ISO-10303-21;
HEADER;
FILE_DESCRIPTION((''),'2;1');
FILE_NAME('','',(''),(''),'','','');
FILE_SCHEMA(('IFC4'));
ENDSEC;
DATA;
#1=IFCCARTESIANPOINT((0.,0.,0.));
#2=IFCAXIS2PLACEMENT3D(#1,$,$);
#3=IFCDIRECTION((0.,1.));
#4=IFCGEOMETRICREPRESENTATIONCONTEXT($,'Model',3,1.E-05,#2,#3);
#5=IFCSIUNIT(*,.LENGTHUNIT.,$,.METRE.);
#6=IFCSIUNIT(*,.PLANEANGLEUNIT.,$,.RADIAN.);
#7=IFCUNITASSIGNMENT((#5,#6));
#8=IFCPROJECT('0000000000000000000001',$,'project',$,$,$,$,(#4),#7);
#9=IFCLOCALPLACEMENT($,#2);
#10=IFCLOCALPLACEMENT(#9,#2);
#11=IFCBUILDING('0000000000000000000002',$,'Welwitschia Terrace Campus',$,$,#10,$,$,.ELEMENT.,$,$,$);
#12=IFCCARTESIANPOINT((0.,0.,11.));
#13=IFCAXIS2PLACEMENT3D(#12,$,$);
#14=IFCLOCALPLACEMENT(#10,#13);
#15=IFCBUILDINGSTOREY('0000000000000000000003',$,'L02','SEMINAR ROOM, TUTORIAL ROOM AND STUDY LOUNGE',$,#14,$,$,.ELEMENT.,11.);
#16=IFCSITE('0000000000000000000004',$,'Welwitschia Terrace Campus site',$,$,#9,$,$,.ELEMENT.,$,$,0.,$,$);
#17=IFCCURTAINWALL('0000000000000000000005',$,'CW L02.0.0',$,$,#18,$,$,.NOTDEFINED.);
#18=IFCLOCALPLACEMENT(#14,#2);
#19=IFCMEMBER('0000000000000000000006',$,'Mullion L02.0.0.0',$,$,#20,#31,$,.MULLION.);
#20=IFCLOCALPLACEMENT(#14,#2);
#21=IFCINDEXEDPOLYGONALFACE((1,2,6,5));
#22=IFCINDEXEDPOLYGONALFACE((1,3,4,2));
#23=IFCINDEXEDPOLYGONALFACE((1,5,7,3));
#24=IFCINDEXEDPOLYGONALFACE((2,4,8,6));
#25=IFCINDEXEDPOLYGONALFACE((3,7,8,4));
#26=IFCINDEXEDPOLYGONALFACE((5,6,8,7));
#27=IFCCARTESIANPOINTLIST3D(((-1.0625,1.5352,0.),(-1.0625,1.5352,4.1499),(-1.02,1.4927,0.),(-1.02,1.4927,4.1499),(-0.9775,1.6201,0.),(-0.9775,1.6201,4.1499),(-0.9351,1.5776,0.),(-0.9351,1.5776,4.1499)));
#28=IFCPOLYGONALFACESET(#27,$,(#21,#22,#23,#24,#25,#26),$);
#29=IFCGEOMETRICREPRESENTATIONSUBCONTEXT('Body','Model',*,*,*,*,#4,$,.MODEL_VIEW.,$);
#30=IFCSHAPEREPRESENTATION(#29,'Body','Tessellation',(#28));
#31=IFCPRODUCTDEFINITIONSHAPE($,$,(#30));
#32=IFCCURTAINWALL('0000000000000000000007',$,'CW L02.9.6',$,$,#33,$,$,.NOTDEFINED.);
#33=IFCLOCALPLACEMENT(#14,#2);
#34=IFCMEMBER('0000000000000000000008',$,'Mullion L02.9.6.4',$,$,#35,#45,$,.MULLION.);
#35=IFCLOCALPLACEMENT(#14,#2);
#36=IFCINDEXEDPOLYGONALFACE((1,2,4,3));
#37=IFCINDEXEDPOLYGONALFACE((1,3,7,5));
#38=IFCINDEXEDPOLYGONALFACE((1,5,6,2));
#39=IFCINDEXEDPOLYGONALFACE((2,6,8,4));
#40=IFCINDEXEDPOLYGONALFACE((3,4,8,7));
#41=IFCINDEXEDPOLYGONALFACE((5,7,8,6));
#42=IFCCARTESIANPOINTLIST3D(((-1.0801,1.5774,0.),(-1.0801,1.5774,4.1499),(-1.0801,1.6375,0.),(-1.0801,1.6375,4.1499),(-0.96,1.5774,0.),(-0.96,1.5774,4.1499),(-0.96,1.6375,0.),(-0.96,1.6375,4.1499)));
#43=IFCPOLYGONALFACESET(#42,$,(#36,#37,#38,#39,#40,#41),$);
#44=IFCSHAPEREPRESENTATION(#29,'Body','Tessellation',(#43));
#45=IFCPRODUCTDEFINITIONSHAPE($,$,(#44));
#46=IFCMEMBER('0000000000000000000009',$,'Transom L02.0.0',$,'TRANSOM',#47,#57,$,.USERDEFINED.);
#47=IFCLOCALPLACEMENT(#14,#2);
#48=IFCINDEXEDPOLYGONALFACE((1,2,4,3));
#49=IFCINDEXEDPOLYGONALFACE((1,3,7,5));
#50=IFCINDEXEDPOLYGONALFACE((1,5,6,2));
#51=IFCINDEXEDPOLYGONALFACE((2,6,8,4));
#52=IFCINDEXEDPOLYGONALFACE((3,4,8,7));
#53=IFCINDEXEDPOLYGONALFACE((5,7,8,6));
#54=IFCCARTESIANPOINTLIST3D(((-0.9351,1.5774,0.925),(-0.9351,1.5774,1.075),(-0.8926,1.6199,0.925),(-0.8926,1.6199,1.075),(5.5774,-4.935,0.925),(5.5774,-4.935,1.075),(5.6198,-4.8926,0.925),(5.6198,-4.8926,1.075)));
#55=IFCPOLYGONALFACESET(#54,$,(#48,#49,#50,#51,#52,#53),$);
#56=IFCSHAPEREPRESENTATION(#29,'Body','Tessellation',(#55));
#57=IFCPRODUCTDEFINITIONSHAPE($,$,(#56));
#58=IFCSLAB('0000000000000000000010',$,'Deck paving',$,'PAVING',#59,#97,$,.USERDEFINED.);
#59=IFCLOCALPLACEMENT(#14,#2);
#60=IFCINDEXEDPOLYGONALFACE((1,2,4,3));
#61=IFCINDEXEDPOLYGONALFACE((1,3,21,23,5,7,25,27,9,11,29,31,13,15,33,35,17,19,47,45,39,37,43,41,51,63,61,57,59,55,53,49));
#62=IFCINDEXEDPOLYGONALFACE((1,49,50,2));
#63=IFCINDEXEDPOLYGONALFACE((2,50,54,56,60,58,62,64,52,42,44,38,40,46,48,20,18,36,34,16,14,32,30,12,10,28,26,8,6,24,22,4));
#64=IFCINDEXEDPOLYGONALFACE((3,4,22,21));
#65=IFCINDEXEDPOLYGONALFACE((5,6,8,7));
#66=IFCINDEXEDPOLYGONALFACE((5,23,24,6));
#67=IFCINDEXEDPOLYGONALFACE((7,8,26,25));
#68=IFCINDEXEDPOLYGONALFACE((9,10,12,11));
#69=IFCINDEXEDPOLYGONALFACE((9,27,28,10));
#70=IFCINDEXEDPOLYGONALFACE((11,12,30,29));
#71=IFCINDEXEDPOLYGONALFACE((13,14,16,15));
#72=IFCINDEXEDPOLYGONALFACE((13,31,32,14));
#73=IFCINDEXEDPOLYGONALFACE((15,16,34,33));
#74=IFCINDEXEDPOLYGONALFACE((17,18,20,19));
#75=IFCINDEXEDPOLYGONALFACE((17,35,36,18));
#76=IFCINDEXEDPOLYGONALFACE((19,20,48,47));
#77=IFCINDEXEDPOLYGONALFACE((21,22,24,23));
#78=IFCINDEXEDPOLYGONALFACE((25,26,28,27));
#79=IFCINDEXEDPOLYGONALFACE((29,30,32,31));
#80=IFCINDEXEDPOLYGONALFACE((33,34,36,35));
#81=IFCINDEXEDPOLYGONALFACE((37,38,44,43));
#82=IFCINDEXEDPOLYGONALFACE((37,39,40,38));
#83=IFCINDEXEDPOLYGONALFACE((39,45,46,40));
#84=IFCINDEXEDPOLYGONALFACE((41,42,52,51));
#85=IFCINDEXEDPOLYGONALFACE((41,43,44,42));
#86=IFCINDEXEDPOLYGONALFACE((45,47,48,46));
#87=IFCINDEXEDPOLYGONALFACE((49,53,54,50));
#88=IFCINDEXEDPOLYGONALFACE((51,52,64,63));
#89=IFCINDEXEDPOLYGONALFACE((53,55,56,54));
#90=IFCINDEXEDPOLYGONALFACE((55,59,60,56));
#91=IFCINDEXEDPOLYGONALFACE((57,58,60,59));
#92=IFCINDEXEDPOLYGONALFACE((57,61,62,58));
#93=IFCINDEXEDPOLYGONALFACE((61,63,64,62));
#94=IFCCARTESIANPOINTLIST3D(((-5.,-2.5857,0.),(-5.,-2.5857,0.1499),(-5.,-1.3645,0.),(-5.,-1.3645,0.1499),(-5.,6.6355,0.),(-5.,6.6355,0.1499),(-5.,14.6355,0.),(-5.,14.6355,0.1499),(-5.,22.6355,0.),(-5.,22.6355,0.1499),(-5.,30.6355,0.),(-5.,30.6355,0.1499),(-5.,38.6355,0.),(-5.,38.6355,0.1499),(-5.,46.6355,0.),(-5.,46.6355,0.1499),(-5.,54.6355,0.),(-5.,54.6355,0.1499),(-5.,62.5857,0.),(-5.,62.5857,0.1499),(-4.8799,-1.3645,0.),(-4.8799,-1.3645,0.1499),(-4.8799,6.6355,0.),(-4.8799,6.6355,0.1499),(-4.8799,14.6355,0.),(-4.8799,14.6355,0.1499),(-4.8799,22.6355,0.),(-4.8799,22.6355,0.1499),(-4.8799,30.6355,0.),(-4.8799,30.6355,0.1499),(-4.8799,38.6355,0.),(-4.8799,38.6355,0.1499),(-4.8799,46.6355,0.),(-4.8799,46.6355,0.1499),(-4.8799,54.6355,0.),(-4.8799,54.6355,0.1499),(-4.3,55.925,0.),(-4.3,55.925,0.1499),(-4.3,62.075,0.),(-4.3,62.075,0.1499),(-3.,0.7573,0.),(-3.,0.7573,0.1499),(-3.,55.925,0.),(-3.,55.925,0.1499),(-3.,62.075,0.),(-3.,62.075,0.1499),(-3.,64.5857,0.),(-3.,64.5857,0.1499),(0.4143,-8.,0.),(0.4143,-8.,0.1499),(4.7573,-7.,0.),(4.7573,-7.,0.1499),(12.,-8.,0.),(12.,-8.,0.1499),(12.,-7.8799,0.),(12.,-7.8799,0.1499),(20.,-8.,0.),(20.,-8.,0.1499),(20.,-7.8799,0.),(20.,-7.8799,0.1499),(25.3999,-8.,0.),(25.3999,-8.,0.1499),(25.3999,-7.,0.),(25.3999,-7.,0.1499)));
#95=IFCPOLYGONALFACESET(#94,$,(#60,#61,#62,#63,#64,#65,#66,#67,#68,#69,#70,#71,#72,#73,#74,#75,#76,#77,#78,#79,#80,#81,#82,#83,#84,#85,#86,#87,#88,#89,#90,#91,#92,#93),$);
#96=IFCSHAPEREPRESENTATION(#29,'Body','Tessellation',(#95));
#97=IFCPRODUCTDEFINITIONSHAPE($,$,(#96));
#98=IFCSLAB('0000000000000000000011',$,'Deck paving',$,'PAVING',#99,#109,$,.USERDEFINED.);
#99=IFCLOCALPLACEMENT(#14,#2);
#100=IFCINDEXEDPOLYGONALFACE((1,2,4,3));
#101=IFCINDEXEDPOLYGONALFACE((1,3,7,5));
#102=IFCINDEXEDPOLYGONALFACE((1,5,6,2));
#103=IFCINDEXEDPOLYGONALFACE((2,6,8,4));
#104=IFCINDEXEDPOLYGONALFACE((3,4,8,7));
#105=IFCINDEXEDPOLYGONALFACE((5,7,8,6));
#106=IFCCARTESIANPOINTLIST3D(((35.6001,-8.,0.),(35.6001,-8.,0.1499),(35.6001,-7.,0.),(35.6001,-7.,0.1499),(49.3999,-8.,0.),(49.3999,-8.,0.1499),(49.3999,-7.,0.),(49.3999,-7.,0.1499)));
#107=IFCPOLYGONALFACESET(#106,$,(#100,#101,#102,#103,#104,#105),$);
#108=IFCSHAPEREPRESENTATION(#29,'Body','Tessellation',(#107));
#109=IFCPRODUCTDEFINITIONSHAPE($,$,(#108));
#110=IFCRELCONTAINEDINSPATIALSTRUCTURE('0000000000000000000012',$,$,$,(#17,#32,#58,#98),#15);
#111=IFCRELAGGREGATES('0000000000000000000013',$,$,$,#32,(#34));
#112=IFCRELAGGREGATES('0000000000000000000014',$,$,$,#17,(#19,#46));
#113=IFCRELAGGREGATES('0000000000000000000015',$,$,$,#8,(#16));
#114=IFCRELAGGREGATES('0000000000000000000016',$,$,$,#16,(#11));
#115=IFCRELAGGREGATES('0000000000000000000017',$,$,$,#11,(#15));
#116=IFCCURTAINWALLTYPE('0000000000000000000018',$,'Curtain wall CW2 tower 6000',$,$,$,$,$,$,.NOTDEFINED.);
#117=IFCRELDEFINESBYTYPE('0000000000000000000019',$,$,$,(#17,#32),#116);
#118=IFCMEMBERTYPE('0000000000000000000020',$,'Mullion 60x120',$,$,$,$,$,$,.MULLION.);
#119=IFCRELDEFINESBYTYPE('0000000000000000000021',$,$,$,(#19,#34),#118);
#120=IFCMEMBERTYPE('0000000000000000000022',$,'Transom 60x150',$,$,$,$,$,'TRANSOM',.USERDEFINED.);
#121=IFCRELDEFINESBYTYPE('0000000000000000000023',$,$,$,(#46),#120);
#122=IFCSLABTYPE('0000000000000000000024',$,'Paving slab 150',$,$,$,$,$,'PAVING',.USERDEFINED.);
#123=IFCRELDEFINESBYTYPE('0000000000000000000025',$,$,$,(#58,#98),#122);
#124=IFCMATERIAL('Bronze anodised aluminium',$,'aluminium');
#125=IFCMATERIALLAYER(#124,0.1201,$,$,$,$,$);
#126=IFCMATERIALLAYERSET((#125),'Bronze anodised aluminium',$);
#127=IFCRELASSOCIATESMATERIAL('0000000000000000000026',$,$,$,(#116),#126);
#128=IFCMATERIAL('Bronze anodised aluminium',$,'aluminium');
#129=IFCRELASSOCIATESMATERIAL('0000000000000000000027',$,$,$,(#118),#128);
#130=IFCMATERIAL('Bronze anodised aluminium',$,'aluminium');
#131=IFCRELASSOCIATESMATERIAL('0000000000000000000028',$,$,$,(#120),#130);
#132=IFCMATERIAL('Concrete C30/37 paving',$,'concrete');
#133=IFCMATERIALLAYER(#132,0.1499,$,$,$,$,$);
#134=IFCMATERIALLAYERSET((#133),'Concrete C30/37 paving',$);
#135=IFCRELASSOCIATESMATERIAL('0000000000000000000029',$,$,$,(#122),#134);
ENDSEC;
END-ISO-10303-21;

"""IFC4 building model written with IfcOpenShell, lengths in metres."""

from ifc_helpers import new_model, si_unit, direction, frame, origin, origin_2d, place, context, subcontext, project, spatial, polyline, rectangle, outline, extrude, material, layer, layer_set, material_profile, profile_set, type_object, element, aggregate, save


model = new_model("IFC4")

# Units and contexts
model_context = context("Model", 3, precision=1e-05, world=origin(), true_north=direction((0.0, 1.0)))
body_context = subcontext(model_context, "Body", "Model", "MODEL_VIEW")
ifc_project = project(units=[si_unit("LENGTHUNIT", "METRE"), si_unit("PLANEANGLEUNIT", "RADIAN")], contexts=[model_context])

# Site, building, storey
site_placement = place(None, origin())
site = spatial("IfcSite", under=ifc_project, at=site_placement, Name="Welwitschia Terrace Campus site", CompositionType="ELEMENT", RefElevation=0.0)
building_placement = place(site_placement, origin())
building = spatial("IfcBuilding", under=site, at=building_placement, Name="Welwitschia Terrace Campus", CompositionType="ELEMENT")
storey_placement = place(building_placement, frame((0.0, 0.0, 11.0)))
storey = spatial("IfcBuildingStorey", under=building, at=storey_placement, Name="L02", Description="SEMINAR ROOM, TUTORIAL ROOM AND STUDY LOUNGE", CompositionType="ELEMENT", Elevation=11.0)

# Curtain walls, members
ifc_material_1 = material(Name="Bronze anodised aluminium", Category="aluminium")
ifc_layer_1 = layer(ifc_material_1, 0.1201)
ifc_layer_set_1 = layer_set([ifc_layer_1], Name="Bronze anodised aluminium")
curtain_wall_type = type_object("IfcCurtainWallType", Name="Curtain wall CW2 tower 6000", PredefinedType="NOTDEFINED", material=ifc_layer_set_1)
curtain_wall_1_placement = place(storey_placement, origin())
curtain_wall_1 = element("IfcCurtainWall", 1, at=curtain_wall_1_placement, inside=storey, type_object=curtain_wall_type, Name="CW L02.0.0", PredefinedType="NOTDEFINED")
ifc_material_2 = material(Name="Bronze anodised aluminium", Category="aluminium")
ifc_material_profile_1 = material_profile(ifc_material_2, rectangle(XDim=0.1201, YDim=0.0601, at=origin_2d()))
ifc_profile_set_1 = profile_set([ifc_material_profile_1], Name="Bronze anodised aluminium")
member_type_1 = type_object("IfcMemberType", Name="Mullion 60x120", PredefinedType="MULLION", material=ifc_profile_set_1)
member_1_placement = place(storey_placement, frame((-0.9988, 1.5564, 0.0), z_axis=(0.0, 0.0, 1.0), x_axis=(0.707107, 0.707107, 0.0)))
member_1 = element("IfcMember", 2, at=member_1_placement, type_object=member_type_1, Name="Mullion L02.0.0.0", PredefinedType="MULLION", context=body_context, shape_type="SweptSolid", body=[
    extrude(rectangle(XDim=0.1201, YDim=0.0601, at=origin_2d()), origin(), (0.0, 0.0, 1.0), 4.1499),
])
curtain_wall_2_placement = place(storey_placement, origin())
curtain_wall_2 = element("IfcCurtainWall", 3, at=curtain_wall_2_placement, inside=storey, type_object=curtain_wall_type, Name="CW L02.9.6", PredefinedType="NOTDEFINED")
member_2_placement = place(storey_placement, frame((-1.02, 1.6074, 0.0), z_axis=(0.0, 0.0, 1.0), x_axis=(1.0, 0.0, 0.0)))
member_2 = element("IfcMember", 4, at=member_2_placement, type_object=member_type_1, Name="Mullion L02.9.6.4", PredefinedType="MULLION", context=body_context, shape_type="SweptSolid", body=[
    extrude(rectangle(XDim=0.1201, YDim=0.0601, at=origin_2d()), origin(), (0.0, 0.0, 1.0), 4.1499),
])
aggregate(curtain_wall_2, [member_2])

# Member
ifc_material_3 = material(Name="Bronze anodised aluminium", Category="aluminium")
ifc_material_profile_2 = material_profile(ifc_material_3, rectangle(XDim=0.0601, YDim=0.1499, at=origin_2d()))
ifc_profile_set_2 = profile_set([ifc_material_profile_2], Name="Bronze anodised aluminium")
member_type_2 = type_object("IfcMemberType", Name="Transom 60x150", ElementType="TRANSOM", PredefinedType="USERDEFINED", material=ifc_profile_set_2)
member_3_placement = place(storey_placement, frame((-0.9138, 1.5986, 1.0), z_axis=(0.707107, -0.707107, 0.0), x_axis=(0.707107, 0.707107, 0.0)))
member_3 = element("IfcMember", 5, at=member_3_placement, type_object=member_type_2, Name="Transom L02.0.0", ObjectType="TRANSOM", PredefinedType="USERDEFINED", context=body_context, shape_type="SweptSolid", body=[
    extrude(rectangle(XDim=0.0601, YDim=0.1499, at=origin_2d()), origin(), (0.0, 0.0, 1.0), 9.21),
])
aggregate(curtain_wall_1, [member_1, member_3])

# Slabs
ifc_material_4 = material(Name="Concrete C30/37 paving", Category="concrete")
ifc_layer_2 = layer(ifc_material_4, 0.1499)
ifc_layer_set_2 = layer_set([ifc_layer_2], Name="Concrete C30/37 paving")
slab_type_1 = type_object("IfcSlabType", Name="Paving slab 150", ElementType="PAVING", PredefinedType="USERDEFINED", material=ifc_layer_set_2)
slab_1_placement = place(storey_placement, origin())
element("IfcSlab", 6, at=slab_1_placement, inside=storey, type_object=slab_type_1, Name="Deck paving", ObjectType="PAVING", PredefinedType="USERDEFINED", context=body_context, shape_type="SweptSolid", body=[
    extrude(outline(polyline([(-3.0, 62.075), (-4.3, 62.075), (-4.3, 55.925), (-3.0, 55.925), (-3.0, 0.7573), (4.7573, -7.0), (25.3999, -7.0), (25.3999, -8.0), (20.0, -8.0), (20.0, -7.8799), (12.0, -7.8799), (12.0, -8.0), (0.4143, -8.0), (-5.0, -2.5857), (-5.0, -1.3645), (-4.8799, -1.3645), (-4.8799, 6.6355), (-5.0, 6.6355), (-5.0, 14.6355), (-4.8799, 14.6355), (-4.8799, 22.6355), (-5.0, 22.6355), (-5.0, 30.6355), (-4.8799, 30.6355), (-4.8799, 38.6355), (-5.0, 38.6355), (-5.0, 46.6355), (-4.8799, 46.6355), (-4.8799, 54.6355), (-5.0, 54.6355), (-5.0, 62.5857), (-3.0, 64.5857), (-3.0, 62.075)])), origin(), (0.0, 0.0, 1.0), 0.1499),
])
slab_2_placement = place(storey_placement, origin())
element("IfcSlab", 7, at=slab_2_placement, inside=storey, type_object=slab_type_1, Name="Deck paving", ObjectType="PAVING", PredefinedType="USERDEFINED", context=body_context, shape_type="SweptSolid", body=[
    extrude(outline(polyline([(49.3999, -7.0), (49.3999, -8.0), (35.6001, -8.0), (35.6001, -7.0), (49.3999, -7.0)])), origin(), (0.0, 0.0, 1.0), 0.1499),
])

save(model, "model.ifc")
